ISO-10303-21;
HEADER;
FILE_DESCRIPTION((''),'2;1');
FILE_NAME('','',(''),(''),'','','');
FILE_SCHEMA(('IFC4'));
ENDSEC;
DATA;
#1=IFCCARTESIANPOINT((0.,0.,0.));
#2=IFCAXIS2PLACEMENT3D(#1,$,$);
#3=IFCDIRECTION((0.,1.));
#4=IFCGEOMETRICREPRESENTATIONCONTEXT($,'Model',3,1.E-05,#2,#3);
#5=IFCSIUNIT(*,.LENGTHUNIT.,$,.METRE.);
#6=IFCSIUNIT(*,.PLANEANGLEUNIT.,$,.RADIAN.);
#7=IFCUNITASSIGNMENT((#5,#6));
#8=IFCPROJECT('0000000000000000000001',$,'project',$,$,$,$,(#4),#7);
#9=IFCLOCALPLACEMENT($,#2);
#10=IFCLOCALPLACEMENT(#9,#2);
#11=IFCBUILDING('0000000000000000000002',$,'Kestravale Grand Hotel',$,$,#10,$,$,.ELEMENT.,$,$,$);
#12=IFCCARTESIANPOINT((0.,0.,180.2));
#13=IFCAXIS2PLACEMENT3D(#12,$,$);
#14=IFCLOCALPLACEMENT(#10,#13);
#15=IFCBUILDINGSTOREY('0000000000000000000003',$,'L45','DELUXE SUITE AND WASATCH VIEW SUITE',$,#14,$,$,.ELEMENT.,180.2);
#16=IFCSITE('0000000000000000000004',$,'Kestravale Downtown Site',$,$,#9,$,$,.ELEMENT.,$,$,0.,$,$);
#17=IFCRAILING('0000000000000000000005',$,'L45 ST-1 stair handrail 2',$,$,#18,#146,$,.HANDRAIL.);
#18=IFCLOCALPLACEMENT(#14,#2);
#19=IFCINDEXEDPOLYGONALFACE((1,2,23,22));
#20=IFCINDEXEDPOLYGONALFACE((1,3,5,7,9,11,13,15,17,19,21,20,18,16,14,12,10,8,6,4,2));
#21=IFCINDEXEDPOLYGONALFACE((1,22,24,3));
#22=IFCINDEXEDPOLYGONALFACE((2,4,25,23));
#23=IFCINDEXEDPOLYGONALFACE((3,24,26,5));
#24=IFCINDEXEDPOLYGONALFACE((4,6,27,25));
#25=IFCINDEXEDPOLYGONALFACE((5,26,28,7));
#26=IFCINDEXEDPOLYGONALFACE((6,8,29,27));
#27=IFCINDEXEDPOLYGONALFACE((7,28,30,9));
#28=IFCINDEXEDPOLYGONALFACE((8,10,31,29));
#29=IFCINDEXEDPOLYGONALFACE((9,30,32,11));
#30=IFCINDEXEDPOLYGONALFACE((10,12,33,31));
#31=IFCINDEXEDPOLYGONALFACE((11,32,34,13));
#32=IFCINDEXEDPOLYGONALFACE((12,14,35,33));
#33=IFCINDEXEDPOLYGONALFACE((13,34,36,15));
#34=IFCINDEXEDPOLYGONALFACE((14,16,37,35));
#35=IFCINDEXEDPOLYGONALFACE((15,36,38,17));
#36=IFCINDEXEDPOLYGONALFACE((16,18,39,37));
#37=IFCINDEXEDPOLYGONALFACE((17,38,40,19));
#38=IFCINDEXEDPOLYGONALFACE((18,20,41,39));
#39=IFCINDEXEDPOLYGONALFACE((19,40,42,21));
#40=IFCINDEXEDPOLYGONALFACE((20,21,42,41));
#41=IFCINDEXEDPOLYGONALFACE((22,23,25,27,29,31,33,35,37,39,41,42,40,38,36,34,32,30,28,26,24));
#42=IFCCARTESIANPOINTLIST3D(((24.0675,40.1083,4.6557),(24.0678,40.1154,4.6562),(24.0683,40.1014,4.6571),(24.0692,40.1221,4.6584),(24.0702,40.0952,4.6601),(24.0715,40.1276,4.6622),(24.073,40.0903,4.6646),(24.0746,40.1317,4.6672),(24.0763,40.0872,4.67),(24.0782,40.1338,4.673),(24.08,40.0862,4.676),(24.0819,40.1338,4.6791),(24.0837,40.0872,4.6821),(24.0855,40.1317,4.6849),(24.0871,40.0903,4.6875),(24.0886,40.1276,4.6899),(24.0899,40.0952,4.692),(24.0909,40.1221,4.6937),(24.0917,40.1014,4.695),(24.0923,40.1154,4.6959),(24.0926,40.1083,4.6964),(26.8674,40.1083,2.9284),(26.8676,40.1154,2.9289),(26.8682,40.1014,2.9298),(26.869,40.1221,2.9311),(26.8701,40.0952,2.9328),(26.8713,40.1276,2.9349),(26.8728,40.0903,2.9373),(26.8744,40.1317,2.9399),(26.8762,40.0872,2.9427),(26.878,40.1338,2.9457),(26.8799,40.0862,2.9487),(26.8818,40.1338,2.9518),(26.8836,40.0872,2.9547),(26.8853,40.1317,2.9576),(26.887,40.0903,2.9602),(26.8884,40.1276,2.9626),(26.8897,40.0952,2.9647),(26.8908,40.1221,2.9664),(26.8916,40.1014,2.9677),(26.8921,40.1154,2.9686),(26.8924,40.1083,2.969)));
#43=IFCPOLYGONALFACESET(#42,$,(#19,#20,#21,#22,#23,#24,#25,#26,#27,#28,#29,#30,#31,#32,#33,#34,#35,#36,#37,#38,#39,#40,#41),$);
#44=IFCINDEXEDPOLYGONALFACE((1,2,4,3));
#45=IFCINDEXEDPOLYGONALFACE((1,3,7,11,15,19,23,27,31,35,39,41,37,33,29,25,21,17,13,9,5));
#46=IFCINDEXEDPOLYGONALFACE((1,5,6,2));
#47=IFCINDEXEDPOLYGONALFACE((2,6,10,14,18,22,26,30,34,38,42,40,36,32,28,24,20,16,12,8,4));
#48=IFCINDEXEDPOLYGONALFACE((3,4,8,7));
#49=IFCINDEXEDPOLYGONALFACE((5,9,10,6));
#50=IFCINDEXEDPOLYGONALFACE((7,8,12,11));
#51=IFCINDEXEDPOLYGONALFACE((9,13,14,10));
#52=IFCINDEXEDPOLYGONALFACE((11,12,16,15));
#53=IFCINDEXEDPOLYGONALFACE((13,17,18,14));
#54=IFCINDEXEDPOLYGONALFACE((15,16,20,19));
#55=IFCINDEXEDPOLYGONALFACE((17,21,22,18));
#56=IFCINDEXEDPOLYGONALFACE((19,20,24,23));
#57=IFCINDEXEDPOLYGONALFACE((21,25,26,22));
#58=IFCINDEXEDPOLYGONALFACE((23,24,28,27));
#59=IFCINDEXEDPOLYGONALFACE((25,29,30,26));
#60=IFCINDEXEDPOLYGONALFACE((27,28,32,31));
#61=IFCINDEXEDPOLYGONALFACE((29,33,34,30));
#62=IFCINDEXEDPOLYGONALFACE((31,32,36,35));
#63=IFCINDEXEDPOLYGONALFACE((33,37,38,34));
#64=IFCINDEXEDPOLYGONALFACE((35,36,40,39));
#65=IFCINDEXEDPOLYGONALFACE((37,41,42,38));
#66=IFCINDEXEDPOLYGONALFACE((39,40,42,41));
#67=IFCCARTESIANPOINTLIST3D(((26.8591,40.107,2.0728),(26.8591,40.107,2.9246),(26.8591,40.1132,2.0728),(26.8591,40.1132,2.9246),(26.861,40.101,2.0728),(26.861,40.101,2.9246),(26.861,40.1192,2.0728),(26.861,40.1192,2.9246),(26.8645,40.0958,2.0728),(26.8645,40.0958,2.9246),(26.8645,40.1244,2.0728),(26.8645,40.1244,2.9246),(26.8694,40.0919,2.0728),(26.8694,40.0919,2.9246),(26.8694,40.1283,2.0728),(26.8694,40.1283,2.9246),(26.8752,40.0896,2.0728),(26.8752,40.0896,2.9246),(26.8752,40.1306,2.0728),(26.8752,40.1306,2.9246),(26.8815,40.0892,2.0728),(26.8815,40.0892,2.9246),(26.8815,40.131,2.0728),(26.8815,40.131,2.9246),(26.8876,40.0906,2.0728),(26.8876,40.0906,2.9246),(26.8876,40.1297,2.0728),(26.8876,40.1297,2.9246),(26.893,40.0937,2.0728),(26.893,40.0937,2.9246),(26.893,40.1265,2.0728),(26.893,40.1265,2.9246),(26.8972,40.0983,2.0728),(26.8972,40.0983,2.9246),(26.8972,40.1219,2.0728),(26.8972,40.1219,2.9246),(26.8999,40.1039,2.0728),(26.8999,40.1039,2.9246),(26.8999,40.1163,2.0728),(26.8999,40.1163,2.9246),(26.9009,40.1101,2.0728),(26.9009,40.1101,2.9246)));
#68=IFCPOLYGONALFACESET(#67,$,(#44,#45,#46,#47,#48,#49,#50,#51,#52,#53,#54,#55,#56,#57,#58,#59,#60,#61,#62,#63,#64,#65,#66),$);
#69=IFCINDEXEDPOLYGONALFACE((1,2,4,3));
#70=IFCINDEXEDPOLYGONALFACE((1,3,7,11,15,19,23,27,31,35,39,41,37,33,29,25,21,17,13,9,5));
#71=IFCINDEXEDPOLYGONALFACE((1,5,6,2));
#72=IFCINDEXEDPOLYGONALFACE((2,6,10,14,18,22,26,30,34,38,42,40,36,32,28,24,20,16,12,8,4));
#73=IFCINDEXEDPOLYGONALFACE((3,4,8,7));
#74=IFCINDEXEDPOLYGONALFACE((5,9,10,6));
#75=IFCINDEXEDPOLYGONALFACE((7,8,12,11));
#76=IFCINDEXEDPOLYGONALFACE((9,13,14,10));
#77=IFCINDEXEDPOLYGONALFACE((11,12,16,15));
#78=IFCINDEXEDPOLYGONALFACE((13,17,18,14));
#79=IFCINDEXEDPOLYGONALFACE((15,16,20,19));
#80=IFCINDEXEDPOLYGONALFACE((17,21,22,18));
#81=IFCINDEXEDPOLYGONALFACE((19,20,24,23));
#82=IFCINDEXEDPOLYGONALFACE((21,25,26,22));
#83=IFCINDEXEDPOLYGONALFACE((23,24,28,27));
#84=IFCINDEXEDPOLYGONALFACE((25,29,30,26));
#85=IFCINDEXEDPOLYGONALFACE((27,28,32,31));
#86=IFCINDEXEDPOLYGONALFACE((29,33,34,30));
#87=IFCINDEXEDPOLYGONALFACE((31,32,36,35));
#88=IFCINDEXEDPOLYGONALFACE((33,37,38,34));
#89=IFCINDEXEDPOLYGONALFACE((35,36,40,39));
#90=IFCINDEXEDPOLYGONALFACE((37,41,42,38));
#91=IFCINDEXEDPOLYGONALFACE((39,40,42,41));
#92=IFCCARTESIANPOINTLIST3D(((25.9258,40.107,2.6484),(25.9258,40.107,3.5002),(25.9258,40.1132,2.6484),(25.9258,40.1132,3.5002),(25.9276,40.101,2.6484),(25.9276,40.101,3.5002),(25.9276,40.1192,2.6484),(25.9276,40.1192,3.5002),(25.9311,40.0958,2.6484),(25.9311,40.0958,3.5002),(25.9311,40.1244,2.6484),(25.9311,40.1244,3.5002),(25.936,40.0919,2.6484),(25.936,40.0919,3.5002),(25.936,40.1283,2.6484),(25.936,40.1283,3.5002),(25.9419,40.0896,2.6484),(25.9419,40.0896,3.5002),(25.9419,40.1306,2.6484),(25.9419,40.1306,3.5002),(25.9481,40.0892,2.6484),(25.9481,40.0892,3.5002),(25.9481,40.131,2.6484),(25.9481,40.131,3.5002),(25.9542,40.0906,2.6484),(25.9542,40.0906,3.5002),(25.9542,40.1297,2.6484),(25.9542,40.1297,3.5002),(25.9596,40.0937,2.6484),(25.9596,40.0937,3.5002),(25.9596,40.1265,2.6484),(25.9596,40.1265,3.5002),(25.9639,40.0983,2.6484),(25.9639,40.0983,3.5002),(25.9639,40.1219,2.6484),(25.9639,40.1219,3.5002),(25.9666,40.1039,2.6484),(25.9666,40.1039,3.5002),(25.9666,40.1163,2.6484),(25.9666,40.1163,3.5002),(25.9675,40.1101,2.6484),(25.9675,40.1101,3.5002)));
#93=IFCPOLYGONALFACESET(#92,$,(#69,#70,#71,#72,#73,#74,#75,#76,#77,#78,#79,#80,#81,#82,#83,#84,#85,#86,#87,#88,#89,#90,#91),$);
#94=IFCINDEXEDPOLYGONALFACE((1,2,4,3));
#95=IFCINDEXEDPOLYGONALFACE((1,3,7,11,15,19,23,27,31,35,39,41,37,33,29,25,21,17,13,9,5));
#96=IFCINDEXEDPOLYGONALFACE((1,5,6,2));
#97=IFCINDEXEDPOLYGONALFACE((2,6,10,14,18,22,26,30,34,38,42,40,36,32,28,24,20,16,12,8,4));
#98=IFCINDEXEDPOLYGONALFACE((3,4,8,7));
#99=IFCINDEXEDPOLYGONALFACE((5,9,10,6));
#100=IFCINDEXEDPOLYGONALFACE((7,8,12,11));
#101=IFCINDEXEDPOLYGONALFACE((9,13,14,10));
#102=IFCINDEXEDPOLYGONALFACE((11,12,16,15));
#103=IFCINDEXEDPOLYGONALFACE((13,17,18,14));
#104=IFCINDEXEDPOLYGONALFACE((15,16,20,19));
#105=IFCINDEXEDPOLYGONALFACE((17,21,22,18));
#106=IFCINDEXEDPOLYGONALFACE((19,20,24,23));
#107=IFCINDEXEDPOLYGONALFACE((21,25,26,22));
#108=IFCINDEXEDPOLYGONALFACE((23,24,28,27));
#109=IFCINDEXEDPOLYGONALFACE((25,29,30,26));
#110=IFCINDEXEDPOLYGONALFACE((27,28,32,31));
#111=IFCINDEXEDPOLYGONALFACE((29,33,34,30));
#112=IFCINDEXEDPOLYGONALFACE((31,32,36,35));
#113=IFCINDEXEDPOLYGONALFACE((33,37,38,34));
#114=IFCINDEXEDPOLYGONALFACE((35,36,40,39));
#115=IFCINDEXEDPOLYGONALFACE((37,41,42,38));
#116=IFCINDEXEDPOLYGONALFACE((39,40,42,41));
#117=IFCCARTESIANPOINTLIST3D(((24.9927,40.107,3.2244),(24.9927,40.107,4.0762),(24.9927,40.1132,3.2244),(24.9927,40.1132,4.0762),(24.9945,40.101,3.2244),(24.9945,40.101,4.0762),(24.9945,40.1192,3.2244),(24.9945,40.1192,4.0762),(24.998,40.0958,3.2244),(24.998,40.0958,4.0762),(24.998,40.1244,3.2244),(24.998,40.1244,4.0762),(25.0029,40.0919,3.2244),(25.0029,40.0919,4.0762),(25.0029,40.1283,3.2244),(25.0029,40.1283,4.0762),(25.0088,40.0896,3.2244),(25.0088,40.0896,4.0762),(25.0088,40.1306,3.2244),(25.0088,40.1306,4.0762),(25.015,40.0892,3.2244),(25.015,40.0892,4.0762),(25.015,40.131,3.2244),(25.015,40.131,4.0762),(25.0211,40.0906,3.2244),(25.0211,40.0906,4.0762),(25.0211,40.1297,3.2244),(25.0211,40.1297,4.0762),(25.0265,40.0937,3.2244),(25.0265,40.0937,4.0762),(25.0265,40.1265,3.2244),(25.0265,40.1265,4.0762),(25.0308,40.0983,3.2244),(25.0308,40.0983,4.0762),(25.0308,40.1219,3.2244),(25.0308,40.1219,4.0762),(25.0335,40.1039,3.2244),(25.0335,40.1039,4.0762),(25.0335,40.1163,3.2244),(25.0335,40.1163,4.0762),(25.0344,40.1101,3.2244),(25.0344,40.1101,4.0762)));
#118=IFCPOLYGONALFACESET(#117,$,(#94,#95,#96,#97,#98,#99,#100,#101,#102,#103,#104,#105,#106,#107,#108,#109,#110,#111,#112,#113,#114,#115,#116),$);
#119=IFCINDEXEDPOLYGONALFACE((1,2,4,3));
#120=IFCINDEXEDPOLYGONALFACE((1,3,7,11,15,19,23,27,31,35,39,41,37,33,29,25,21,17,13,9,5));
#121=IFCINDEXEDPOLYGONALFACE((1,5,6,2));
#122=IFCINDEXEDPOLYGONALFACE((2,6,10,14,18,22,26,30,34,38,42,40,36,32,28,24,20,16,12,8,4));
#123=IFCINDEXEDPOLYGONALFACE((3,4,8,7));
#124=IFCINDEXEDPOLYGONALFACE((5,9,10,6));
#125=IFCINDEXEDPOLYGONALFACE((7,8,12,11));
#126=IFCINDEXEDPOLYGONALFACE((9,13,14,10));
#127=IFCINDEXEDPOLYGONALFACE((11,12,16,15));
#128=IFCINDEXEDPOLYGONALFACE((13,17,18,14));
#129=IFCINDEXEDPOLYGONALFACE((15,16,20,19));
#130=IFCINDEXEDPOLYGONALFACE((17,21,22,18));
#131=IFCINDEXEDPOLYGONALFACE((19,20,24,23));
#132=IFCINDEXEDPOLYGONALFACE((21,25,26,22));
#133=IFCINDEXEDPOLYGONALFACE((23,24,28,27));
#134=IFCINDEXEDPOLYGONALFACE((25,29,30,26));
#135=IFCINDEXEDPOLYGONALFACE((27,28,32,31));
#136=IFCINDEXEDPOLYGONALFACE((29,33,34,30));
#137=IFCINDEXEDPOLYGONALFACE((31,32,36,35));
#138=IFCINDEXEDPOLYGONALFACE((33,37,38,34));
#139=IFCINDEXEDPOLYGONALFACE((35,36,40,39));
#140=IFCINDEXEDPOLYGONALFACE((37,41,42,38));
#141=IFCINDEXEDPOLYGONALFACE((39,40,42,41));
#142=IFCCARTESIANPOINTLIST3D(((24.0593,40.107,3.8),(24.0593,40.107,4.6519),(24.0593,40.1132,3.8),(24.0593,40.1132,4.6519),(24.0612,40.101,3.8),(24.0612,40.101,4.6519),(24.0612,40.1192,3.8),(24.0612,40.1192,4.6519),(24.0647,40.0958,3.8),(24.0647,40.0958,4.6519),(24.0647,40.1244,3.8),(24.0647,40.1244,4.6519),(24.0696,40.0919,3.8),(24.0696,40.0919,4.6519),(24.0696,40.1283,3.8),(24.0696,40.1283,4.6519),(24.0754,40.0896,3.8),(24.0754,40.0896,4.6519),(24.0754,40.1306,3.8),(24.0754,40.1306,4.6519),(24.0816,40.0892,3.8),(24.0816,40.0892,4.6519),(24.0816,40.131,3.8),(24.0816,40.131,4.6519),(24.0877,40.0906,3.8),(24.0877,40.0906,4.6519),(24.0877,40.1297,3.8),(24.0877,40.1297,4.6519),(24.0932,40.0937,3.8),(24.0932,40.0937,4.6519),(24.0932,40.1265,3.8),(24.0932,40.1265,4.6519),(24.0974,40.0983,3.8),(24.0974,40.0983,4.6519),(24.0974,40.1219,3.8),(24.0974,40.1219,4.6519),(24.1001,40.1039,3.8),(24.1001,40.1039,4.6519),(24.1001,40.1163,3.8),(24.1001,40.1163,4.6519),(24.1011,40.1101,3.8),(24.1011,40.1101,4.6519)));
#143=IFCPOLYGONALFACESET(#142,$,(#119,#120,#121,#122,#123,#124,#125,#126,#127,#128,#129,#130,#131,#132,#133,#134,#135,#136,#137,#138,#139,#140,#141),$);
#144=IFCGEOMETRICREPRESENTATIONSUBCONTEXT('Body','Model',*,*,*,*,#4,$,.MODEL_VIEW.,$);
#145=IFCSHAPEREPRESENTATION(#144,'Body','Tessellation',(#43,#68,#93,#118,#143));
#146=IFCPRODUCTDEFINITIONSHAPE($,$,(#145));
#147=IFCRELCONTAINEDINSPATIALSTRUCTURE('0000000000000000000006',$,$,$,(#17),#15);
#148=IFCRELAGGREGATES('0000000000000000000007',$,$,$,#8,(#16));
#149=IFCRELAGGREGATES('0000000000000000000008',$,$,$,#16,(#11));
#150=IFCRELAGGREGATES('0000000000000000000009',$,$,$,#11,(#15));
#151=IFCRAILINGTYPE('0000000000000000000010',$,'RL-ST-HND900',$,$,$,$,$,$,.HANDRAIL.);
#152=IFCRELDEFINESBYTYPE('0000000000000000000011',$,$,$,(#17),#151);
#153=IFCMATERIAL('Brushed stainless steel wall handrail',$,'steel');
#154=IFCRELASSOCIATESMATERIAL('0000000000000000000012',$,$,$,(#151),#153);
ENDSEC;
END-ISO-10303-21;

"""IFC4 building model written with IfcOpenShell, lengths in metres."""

from ifc_helpers import new_model, si_unit, direction, frame, origin, origin_2d, place, context, subcontext, project, spatial, circle, extrude, material, type_object, element, save


model = new_model("IFC4")

# Units and contexts
model_context = context("Model", 3, precision=1e-05, world=origin(), true_north=direction((0.0, 1.0)))
body_context = subcontext(model_context, "Body", "Model", "MODEL_VIEW")
ifc_project = project(units=[si_unit("LENGTHUNIT", "METRE"), si_unit("PLANEANGLEUNIT", "RADIAN")], contexts=[model_context])

# Site, building, storey
site_placement = place(None, origin())
site = spatial("IfcSite", under=ifc_project, at=site_placement, Name="Kestravale Downtown Site", CompositionType="ELEMENT", RefElevation=0.0)
building_placement = place(site_placement, origin())
building = spatial("IfcBuilding", under=site, at=building_placement, Name="Kestravale Grand Hotel", CompositionType="ELEMENT")
storey_placement = place(building_placement, frame((0.0, 0.0, 180.2)))
storey = spatial("IfcBuildingStorey", under=building, at=storey_placement, Name="L45", Description="DELUXE SUITE AND WASATCH VIEW SUITE", CompositionType="ELEMENT", Elevation=180.2)

# Railing
ifc_material_1 = material(Name="Brushed stainless steel wall handrail", Category="steel")
railing_type_1 = type_object("IfcRailingType", Name="RL-ST-HND900", PredefinedType="HANDRAIL", material=ifc_material_1)
railing_1_placement = place(storey_placement, frame((26.8799, 40.1101, 2.0728)))
element("IfcRailing", 1, at=railing_1_placement, inside=storey, type_object=railing_type_1, Name="L45 ST-1 stair handrail 2", PredefinedType="HANDRAIL", context=body_context, shape_type="SweptSolid", body=[
    extrude(circle(Radius=0.0239, at=origin_2d()), frame((0.0, 0.0, 0.876), z_axis=(-0.851069, 0.0, 0.525054), x_axis=(0.0, -1.0, 0.0)), (0.0, 0.0, 1.0), 3.2898),
    extrude(circle(Radius=0.021, at=origin_2d()), origin(), (0.0, 0.0, 1.0), 0.8518),
    extrude(circle(Radius=0.021, at=origin_2d()), frame((-0.9333, 0.0, 0.5757)), (0.0, 0.0, 1.0), 0.8518),
    extrude(circle(Radius=0.021, at=origin_2d()), frame((-1.8665, 0.0, 1.1516)), (0.0, 0.0, 1.0), 0.8518),
    extrude(circle(Radius=0.021, at=origin_2d()), frame((-2.7998, 0.0, 1.7273)), (0.0, 0.0, 1.0), 0.8518),
])

save(model, "model.ifc")
